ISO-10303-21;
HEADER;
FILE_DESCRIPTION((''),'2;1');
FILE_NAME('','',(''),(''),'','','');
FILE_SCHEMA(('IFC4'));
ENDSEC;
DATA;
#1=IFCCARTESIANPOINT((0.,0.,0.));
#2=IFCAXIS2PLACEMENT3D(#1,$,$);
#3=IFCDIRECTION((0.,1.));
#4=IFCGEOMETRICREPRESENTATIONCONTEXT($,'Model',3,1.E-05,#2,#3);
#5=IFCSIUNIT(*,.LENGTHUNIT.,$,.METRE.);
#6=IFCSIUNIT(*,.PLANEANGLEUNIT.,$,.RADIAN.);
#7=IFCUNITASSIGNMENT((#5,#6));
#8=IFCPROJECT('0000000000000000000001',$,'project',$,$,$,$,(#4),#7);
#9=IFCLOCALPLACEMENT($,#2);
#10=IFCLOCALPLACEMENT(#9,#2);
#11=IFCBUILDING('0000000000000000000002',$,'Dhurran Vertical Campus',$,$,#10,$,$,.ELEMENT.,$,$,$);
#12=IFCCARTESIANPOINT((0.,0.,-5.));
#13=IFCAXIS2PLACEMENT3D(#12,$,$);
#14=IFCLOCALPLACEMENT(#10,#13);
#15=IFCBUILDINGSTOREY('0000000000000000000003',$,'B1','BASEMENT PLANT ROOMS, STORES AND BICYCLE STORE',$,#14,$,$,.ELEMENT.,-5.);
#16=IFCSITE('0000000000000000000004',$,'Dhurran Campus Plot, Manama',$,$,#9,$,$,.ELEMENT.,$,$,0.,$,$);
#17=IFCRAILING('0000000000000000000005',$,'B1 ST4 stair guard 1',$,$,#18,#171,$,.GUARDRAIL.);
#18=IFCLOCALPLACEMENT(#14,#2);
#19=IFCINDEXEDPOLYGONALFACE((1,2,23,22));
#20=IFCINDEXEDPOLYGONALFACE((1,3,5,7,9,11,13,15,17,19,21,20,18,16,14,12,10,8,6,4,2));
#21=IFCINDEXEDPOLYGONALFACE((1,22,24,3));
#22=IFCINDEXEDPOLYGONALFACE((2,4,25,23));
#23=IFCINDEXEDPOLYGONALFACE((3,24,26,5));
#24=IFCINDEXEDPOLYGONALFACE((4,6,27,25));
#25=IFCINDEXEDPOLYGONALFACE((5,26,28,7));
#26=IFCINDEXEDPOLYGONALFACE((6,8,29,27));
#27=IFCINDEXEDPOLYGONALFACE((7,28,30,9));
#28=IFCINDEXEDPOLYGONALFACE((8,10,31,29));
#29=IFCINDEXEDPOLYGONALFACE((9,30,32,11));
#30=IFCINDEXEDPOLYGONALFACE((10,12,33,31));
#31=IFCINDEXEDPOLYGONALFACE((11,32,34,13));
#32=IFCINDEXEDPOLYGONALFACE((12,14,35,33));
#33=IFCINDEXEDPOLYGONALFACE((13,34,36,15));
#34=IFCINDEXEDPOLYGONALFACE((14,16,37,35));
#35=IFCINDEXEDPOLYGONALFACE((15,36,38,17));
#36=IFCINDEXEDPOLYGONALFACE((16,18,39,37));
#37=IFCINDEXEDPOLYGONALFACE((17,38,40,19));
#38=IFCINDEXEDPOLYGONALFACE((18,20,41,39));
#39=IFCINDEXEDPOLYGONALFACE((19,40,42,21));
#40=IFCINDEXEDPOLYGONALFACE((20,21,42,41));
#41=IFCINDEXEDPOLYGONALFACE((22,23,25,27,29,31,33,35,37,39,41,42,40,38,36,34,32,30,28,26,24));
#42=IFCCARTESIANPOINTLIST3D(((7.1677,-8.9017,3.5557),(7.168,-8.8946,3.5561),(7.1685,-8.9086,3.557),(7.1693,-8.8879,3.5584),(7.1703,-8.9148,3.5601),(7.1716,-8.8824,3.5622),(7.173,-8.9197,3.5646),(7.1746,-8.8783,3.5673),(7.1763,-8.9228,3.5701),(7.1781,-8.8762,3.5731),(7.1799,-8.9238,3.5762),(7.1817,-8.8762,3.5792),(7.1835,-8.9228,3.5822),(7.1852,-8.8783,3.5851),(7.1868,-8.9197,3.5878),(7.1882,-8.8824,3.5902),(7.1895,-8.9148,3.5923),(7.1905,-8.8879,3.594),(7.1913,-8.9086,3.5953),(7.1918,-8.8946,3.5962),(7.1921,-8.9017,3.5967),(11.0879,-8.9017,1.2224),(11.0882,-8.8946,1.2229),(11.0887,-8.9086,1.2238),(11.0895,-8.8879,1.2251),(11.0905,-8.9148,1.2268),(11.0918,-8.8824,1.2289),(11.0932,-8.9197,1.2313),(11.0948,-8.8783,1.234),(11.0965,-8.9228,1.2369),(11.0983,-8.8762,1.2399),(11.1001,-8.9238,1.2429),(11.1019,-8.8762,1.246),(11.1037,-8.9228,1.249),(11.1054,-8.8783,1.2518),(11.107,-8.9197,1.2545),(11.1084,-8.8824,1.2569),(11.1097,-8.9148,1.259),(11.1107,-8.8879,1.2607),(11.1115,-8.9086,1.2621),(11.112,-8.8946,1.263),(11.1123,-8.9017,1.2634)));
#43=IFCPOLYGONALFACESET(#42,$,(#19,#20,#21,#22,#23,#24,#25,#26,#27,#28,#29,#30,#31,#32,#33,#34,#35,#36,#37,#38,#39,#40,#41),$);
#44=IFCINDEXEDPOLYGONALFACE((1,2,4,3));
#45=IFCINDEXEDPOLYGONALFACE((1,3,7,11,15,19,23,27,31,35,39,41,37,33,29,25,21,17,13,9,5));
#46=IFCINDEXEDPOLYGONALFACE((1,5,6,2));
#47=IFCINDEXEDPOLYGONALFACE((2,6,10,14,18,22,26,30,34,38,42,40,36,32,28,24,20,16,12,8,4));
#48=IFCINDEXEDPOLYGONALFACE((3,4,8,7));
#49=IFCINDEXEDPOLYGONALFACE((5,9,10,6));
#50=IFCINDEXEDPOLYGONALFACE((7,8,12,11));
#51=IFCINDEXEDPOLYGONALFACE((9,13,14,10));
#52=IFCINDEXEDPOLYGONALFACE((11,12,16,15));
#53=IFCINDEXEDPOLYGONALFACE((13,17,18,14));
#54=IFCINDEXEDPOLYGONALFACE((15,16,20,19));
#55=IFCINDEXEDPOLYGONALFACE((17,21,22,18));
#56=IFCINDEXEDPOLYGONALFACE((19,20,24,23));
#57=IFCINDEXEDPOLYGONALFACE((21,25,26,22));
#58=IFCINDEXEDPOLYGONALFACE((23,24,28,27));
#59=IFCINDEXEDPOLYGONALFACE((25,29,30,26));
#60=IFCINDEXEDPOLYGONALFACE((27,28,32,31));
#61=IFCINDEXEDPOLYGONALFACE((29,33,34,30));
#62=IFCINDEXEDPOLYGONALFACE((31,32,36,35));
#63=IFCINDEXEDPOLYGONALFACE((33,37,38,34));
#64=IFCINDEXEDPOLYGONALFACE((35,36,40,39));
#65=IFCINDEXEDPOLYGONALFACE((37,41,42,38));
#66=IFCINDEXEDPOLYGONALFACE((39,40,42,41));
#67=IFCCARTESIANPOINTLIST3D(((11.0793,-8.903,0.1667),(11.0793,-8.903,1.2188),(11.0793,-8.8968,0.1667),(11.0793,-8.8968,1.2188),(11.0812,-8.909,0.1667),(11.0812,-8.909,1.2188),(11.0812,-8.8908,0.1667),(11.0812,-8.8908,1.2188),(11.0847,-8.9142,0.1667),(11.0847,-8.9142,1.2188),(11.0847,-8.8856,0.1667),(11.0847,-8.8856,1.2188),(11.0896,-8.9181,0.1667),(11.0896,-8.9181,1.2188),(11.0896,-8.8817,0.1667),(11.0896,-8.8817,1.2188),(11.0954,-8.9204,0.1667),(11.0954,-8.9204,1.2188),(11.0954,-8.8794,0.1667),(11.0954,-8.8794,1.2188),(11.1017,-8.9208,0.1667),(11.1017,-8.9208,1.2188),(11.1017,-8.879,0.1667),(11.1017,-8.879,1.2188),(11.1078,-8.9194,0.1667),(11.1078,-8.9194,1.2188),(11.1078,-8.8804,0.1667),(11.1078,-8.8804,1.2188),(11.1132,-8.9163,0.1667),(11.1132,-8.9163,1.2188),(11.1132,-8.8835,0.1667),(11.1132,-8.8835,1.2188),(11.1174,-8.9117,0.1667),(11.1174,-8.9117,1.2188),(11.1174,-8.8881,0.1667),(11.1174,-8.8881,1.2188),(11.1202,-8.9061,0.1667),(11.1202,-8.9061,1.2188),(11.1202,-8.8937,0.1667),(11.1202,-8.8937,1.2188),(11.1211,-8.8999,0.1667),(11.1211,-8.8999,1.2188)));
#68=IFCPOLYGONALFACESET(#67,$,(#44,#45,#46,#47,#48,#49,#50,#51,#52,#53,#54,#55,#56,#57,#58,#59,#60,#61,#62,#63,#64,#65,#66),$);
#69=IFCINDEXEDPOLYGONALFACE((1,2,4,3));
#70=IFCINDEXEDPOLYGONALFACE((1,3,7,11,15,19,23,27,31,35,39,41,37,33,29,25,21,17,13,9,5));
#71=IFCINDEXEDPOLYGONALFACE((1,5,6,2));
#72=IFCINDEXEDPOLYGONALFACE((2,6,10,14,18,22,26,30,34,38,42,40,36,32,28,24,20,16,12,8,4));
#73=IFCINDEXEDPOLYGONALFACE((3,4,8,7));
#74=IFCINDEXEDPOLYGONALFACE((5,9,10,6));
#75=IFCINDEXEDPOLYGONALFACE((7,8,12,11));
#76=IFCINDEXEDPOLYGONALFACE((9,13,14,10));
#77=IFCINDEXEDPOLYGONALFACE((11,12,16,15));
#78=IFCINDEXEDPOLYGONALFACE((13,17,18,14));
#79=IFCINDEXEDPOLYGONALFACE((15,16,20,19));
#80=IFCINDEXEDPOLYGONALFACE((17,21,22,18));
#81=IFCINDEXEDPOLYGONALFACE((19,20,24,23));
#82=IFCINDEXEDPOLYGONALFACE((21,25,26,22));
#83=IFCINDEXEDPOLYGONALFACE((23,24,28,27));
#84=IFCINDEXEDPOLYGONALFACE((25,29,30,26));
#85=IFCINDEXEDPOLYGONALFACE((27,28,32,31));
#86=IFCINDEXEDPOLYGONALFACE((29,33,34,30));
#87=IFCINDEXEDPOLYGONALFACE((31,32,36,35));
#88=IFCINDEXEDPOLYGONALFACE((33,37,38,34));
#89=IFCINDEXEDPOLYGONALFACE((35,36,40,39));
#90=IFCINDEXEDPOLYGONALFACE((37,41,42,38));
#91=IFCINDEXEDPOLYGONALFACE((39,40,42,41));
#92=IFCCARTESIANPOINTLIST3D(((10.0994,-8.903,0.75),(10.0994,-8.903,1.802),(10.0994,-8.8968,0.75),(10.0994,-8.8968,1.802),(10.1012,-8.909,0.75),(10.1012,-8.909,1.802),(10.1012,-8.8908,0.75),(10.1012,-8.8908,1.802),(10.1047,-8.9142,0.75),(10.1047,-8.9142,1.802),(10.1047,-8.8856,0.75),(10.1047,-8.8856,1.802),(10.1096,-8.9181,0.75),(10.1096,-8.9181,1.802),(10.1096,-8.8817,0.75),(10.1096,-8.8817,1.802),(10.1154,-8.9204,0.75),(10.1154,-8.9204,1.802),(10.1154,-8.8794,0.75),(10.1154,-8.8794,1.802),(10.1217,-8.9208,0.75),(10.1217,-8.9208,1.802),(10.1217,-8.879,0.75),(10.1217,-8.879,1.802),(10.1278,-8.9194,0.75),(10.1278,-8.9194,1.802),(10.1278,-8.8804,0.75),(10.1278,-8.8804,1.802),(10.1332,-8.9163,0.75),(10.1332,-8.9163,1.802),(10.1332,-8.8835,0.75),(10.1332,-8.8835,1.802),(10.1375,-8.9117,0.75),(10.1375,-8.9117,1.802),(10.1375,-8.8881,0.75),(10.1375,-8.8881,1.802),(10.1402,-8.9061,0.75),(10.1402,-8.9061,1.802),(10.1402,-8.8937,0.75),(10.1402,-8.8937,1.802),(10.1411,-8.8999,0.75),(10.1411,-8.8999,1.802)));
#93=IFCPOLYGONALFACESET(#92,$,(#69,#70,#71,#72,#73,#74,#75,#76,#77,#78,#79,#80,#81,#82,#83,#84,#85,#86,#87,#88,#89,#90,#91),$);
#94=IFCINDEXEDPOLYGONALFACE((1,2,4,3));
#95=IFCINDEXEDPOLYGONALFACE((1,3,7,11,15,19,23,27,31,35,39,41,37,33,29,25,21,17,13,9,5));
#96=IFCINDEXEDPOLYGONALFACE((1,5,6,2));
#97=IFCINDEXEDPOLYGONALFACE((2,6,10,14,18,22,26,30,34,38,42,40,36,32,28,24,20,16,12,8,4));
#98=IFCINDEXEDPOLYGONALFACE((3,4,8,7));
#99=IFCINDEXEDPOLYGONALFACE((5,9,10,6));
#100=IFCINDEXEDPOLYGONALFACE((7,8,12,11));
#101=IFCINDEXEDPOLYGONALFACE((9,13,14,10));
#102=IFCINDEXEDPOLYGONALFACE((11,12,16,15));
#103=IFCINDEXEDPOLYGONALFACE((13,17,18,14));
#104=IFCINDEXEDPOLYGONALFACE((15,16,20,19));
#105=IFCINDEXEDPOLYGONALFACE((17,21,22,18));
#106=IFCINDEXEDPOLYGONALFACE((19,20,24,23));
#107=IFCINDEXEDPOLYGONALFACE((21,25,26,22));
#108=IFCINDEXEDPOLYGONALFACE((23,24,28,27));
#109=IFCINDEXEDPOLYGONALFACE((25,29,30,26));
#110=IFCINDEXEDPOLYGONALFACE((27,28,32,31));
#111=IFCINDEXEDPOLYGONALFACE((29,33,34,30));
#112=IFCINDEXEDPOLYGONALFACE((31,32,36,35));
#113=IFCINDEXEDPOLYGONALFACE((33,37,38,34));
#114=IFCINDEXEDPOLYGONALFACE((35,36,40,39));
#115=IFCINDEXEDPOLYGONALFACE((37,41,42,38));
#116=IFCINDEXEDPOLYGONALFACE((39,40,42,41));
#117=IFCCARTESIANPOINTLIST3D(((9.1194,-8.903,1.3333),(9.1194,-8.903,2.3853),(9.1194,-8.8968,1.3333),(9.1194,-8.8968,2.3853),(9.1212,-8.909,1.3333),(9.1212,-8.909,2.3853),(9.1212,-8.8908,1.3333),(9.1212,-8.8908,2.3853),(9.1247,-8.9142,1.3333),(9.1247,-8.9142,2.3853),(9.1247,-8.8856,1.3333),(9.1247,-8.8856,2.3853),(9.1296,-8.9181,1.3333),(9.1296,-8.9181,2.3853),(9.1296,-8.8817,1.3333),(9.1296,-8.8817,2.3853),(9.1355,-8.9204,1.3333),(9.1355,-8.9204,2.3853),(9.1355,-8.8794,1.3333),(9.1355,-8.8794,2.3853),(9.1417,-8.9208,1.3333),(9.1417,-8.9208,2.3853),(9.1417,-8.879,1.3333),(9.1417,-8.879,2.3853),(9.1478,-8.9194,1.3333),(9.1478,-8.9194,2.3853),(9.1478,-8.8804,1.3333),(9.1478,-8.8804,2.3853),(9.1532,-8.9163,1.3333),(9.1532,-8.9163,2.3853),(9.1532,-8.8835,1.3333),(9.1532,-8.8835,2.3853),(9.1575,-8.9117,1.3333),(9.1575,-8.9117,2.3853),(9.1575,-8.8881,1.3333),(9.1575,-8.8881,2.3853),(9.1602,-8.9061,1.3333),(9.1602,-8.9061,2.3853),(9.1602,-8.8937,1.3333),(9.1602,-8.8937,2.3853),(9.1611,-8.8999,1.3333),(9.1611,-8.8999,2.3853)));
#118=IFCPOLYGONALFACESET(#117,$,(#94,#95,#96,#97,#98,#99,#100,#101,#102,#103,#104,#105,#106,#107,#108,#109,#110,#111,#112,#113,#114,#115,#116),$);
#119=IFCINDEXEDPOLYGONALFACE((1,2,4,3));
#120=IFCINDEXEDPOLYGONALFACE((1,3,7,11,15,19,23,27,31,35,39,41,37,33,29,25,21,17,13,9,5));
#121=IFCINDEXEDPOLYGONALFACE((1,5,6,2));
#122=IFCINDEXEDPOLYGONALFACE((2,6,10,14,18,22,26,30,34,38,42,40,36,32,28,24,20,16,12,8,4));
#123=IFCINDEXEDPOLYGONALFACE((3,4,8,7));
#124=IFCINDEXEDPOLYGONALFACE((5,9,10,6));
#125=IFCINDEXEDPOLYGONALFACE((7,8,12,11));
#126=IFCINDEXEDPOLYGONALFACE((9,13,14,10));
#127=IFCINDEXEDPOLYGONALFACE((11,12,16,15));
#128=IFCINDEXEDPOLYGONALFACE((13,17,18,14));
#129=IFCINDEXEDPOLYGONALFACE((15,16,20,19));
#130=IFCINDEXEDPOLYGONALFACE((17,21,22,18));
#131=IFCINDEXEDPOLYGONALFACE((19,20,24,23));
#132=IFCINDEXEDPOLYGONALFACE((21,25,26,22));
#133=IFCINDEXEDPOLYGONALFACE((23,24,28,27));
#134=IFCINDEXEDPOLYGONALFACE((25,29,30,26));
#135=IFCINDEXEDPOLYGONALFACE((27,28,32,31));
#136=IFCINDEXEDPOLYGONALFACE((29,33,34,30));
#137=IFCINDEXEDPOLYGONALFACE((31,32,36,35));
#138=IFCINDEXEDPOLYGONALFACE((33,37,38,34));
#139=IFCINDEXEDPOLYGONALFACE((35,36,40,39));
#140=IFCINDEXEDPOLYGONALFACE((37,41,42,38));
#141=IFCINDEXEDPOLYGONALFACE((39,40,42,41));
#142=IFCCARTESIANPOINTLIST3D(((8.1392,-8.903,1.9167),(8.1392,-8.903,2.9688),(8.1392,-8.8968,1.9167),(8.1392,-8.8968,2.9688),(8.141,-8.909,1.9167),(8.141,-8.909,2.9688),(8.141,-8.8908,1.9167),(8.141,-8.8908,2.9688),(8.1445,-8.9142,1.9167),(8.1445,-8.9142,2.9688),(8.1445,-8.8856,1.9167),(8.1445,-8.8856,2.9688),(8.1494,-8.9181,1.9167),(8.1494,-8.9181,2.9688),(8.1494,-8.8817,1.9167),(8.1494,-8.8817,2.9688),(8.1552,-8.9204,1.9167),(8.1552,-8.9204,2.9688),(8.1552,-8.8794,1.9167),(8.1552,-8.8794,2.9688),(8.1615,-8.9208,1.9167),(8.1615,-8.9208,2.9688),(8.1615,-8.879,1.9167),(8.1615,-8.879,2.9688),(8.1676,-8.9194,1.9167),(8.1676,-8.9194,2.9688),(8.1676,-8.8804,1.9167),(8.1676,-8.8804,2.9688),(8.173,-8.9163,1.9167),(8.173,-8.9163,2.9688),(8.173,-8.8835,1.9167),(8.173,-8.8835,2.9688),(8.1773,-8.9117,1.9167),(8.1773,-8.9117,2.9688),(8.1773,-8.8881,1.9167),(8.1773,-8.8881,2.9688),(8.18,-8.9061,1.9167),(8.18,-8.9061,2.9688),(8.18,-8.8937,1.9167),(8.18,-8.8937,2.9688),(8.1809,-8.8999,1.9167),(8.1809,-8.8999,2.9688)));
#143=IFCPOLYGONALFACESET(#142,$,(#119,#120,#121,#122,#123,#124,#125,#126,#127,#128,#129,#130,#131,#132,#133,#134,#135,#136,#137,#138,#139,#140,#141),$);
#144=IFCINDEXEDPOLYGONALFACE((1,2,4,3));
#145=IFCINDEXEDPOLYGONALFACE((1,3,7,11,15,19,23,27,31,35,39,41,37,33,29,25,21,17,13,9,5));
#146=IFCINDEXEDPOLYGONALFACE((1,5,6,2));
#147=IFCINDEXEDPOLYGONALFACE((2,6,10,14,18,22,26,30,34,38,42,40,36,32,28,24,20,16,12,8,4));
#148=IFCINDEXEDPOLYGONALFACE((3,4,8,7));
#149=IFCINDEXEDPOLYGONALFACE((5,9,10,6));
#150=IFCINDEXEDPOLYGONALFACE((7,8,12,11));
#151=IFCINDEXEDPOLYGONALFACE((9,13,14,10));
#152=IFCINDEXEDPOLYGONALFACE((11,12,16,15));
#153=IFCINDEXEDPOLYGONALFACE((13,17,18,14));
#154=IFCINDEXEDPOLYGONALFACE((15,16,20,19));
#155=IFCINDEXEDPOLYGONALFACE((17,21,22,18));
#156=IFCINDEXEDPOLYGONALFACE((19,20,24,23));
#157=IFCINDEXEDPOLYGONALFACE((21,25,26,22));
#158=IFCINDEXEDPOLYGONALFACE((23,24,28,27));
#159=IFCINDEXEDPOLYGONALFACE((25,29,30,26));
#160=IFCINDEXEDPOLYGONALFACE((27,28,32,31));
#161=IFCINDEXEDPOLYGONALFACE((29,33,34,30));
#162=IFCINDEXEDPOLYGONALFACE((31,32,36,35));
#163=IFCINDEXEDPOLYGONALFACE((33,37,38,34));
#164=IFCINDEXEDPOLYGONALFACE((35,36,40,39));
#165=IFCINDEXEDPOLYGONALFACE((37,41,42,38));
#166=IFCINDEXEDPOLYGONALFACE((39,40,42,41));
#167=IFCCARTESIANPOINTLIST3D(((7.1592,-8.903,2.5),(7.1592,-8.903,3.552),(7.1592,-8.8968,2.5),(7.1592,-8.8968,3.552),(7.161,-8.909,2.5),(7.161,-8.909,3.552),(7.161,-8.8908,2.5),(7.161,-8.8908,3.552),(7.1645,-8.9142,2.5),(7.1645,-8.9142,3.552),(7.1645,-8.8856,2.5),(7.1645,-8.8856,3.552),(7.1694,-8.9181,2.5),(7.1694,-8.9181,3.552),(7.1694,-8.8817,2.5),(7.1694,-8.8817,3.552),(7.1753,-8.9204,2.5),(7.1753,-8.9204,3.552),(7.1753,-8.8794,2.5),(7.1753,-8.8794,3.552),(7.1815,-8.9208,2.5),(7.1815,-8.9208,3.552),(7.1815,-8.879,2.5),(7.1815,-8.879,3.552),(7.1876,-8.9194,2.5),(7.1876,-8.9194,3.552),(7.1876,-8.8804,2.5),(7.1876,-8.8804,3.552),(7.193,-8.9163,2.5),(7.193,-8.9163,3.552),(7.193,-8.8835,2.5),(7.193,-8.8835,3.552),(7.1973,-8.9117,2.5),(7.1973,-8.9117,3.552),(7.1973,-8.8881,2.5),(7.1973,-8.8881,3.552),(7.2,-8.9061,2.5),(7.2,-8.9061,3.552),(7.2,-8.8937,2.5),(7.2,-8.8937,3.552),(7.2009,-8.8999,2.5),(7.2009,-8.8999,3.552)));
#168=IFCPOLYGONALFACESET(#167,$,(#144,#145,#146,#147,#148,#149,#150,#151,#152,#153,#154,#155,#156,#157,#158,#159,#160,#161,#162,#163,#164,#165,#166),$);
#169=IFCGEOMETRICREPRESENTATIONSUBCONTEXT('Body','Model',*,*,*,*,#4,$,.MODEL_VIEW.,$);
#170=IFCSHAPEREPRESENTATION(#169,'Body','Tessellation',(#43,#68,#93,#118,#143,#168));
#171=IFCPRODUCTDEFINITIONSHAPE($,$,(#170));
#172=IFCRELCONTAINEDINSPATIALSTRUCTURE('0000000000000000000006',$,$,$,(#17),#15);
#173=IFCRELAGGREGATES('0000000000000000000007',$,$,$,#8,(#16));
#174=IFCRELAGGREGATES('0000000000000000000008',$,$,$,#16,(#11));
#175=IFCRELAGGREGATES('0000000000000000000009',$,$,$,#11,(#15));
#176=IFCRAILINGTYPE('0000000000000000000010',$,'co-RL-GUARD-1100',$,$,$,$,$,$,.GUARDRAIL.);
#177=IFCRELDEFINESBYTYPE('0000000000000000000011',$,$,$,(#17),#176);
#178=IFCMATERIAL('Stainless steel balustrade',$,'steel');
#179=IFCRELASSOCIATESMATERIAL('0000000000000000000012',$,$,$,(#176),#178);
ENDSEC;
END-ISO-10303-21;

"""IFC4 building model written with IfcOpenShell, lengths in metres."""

from ifc_helpers import new_model, si_unit, direction, frame, origin, origin_2d, place, context, subcontext, project, spatial, circle, extrude, material, type_object, element, save


model = new_model("IFC4")

# Units and contexts
model_context = context("Model", 3, precision=1e-05, world=origin(), true_north=direction((0.0, 1.0)))
body_context = subcontext(model_context, "Body", "Model", "MODEL_VIEW")
ifc_project = project(units=[si_unit("LENGTHUNIT", "METRE"), si_unit("PLANEANGLEUNIT", "RADIAN")], contexts=[model_context])

# Site, building, storey
site_placement = place(None, origin())
site = spatial("IfcSite", under=ifc_project, at=site_placement, Name="Dhurran Campus Plot, Manama", CompositionType="ELEMENT", RefElevation=0.0)
building_placement = place(site_placement, origin())
building = spatial("IfcBuilding", under=site, at=building_placement, Name="Dhurran Vertical Campus", CompositionType="ELEMENT")
storey_placement = place(building_placement, frame((0.0, 0.0, -5.0)))
storey = spatial("IfcBuildingStorey", under=building, at=storey_placement, Name="B1", Description="BASEMENT PLANT ROOMS, STORES AND BICYCLE STORE", CompositionType="ELEMENT", Elevation=-5.0)

# Railing
ifc_material_1 = material(Name="Stainless steel balustrade", Category="steel")
railing_type_1 = type_object("IfcRailingType", Name="co-RL-GUARD-1100", PredefinedType="GUARDRAIL", material=ifc_material_1)
railing_1_placement = place(storey_placement, frame((11.1001, -8.8999, 0.1667)))
element("IfcRailing", 1, at=railing_1_placement, inside=storey, type_object=railing_type_1, Name="B1 ST4 stair guard 1", PredefinedType="GUARDRAIL", context=body_context, shape_type="SweptSolid", body=[
    extrude(circle(Radius=0.0239, at=origin_2d()), frame((0.0, 0.0, 1.0762), z_axis=(-0.85931, 0.0, 0.511455), x_axis=(0.0, -1.0, 0.0)), (0.0, 0.0, 1.0), 4.562),
    extrude(circle(Radius=0.021, at=origin_2d()), origin(), (0.0, 0.0, 1.0), 1.052),
    extrude(circle(Radius=0.021, at=origin_2d()), frame((-0.98, 0.0, 0.5833)), (0.0, 0.0, 1.0), 1.052),
    extrude(circle(Radius=0.021, at=origin_2d()), frame((-1.96, 0.0, 1.1665)), (0.0, 0.0, 1.0), 1.052),
    extrude(circle(Radius=0.021, at=origin_2d()), frame((-2.9402, 0.0, 1.75)), (0.0, 0.0, 1.0), 1.052),
    extrude(circle(Radius=0.021, at=origin_2d()), frame((-3.9202, 0.0, 2.3333)), (0.0, 0.0, 1.0), 1.052),
])

save(model, "model.ifc")
